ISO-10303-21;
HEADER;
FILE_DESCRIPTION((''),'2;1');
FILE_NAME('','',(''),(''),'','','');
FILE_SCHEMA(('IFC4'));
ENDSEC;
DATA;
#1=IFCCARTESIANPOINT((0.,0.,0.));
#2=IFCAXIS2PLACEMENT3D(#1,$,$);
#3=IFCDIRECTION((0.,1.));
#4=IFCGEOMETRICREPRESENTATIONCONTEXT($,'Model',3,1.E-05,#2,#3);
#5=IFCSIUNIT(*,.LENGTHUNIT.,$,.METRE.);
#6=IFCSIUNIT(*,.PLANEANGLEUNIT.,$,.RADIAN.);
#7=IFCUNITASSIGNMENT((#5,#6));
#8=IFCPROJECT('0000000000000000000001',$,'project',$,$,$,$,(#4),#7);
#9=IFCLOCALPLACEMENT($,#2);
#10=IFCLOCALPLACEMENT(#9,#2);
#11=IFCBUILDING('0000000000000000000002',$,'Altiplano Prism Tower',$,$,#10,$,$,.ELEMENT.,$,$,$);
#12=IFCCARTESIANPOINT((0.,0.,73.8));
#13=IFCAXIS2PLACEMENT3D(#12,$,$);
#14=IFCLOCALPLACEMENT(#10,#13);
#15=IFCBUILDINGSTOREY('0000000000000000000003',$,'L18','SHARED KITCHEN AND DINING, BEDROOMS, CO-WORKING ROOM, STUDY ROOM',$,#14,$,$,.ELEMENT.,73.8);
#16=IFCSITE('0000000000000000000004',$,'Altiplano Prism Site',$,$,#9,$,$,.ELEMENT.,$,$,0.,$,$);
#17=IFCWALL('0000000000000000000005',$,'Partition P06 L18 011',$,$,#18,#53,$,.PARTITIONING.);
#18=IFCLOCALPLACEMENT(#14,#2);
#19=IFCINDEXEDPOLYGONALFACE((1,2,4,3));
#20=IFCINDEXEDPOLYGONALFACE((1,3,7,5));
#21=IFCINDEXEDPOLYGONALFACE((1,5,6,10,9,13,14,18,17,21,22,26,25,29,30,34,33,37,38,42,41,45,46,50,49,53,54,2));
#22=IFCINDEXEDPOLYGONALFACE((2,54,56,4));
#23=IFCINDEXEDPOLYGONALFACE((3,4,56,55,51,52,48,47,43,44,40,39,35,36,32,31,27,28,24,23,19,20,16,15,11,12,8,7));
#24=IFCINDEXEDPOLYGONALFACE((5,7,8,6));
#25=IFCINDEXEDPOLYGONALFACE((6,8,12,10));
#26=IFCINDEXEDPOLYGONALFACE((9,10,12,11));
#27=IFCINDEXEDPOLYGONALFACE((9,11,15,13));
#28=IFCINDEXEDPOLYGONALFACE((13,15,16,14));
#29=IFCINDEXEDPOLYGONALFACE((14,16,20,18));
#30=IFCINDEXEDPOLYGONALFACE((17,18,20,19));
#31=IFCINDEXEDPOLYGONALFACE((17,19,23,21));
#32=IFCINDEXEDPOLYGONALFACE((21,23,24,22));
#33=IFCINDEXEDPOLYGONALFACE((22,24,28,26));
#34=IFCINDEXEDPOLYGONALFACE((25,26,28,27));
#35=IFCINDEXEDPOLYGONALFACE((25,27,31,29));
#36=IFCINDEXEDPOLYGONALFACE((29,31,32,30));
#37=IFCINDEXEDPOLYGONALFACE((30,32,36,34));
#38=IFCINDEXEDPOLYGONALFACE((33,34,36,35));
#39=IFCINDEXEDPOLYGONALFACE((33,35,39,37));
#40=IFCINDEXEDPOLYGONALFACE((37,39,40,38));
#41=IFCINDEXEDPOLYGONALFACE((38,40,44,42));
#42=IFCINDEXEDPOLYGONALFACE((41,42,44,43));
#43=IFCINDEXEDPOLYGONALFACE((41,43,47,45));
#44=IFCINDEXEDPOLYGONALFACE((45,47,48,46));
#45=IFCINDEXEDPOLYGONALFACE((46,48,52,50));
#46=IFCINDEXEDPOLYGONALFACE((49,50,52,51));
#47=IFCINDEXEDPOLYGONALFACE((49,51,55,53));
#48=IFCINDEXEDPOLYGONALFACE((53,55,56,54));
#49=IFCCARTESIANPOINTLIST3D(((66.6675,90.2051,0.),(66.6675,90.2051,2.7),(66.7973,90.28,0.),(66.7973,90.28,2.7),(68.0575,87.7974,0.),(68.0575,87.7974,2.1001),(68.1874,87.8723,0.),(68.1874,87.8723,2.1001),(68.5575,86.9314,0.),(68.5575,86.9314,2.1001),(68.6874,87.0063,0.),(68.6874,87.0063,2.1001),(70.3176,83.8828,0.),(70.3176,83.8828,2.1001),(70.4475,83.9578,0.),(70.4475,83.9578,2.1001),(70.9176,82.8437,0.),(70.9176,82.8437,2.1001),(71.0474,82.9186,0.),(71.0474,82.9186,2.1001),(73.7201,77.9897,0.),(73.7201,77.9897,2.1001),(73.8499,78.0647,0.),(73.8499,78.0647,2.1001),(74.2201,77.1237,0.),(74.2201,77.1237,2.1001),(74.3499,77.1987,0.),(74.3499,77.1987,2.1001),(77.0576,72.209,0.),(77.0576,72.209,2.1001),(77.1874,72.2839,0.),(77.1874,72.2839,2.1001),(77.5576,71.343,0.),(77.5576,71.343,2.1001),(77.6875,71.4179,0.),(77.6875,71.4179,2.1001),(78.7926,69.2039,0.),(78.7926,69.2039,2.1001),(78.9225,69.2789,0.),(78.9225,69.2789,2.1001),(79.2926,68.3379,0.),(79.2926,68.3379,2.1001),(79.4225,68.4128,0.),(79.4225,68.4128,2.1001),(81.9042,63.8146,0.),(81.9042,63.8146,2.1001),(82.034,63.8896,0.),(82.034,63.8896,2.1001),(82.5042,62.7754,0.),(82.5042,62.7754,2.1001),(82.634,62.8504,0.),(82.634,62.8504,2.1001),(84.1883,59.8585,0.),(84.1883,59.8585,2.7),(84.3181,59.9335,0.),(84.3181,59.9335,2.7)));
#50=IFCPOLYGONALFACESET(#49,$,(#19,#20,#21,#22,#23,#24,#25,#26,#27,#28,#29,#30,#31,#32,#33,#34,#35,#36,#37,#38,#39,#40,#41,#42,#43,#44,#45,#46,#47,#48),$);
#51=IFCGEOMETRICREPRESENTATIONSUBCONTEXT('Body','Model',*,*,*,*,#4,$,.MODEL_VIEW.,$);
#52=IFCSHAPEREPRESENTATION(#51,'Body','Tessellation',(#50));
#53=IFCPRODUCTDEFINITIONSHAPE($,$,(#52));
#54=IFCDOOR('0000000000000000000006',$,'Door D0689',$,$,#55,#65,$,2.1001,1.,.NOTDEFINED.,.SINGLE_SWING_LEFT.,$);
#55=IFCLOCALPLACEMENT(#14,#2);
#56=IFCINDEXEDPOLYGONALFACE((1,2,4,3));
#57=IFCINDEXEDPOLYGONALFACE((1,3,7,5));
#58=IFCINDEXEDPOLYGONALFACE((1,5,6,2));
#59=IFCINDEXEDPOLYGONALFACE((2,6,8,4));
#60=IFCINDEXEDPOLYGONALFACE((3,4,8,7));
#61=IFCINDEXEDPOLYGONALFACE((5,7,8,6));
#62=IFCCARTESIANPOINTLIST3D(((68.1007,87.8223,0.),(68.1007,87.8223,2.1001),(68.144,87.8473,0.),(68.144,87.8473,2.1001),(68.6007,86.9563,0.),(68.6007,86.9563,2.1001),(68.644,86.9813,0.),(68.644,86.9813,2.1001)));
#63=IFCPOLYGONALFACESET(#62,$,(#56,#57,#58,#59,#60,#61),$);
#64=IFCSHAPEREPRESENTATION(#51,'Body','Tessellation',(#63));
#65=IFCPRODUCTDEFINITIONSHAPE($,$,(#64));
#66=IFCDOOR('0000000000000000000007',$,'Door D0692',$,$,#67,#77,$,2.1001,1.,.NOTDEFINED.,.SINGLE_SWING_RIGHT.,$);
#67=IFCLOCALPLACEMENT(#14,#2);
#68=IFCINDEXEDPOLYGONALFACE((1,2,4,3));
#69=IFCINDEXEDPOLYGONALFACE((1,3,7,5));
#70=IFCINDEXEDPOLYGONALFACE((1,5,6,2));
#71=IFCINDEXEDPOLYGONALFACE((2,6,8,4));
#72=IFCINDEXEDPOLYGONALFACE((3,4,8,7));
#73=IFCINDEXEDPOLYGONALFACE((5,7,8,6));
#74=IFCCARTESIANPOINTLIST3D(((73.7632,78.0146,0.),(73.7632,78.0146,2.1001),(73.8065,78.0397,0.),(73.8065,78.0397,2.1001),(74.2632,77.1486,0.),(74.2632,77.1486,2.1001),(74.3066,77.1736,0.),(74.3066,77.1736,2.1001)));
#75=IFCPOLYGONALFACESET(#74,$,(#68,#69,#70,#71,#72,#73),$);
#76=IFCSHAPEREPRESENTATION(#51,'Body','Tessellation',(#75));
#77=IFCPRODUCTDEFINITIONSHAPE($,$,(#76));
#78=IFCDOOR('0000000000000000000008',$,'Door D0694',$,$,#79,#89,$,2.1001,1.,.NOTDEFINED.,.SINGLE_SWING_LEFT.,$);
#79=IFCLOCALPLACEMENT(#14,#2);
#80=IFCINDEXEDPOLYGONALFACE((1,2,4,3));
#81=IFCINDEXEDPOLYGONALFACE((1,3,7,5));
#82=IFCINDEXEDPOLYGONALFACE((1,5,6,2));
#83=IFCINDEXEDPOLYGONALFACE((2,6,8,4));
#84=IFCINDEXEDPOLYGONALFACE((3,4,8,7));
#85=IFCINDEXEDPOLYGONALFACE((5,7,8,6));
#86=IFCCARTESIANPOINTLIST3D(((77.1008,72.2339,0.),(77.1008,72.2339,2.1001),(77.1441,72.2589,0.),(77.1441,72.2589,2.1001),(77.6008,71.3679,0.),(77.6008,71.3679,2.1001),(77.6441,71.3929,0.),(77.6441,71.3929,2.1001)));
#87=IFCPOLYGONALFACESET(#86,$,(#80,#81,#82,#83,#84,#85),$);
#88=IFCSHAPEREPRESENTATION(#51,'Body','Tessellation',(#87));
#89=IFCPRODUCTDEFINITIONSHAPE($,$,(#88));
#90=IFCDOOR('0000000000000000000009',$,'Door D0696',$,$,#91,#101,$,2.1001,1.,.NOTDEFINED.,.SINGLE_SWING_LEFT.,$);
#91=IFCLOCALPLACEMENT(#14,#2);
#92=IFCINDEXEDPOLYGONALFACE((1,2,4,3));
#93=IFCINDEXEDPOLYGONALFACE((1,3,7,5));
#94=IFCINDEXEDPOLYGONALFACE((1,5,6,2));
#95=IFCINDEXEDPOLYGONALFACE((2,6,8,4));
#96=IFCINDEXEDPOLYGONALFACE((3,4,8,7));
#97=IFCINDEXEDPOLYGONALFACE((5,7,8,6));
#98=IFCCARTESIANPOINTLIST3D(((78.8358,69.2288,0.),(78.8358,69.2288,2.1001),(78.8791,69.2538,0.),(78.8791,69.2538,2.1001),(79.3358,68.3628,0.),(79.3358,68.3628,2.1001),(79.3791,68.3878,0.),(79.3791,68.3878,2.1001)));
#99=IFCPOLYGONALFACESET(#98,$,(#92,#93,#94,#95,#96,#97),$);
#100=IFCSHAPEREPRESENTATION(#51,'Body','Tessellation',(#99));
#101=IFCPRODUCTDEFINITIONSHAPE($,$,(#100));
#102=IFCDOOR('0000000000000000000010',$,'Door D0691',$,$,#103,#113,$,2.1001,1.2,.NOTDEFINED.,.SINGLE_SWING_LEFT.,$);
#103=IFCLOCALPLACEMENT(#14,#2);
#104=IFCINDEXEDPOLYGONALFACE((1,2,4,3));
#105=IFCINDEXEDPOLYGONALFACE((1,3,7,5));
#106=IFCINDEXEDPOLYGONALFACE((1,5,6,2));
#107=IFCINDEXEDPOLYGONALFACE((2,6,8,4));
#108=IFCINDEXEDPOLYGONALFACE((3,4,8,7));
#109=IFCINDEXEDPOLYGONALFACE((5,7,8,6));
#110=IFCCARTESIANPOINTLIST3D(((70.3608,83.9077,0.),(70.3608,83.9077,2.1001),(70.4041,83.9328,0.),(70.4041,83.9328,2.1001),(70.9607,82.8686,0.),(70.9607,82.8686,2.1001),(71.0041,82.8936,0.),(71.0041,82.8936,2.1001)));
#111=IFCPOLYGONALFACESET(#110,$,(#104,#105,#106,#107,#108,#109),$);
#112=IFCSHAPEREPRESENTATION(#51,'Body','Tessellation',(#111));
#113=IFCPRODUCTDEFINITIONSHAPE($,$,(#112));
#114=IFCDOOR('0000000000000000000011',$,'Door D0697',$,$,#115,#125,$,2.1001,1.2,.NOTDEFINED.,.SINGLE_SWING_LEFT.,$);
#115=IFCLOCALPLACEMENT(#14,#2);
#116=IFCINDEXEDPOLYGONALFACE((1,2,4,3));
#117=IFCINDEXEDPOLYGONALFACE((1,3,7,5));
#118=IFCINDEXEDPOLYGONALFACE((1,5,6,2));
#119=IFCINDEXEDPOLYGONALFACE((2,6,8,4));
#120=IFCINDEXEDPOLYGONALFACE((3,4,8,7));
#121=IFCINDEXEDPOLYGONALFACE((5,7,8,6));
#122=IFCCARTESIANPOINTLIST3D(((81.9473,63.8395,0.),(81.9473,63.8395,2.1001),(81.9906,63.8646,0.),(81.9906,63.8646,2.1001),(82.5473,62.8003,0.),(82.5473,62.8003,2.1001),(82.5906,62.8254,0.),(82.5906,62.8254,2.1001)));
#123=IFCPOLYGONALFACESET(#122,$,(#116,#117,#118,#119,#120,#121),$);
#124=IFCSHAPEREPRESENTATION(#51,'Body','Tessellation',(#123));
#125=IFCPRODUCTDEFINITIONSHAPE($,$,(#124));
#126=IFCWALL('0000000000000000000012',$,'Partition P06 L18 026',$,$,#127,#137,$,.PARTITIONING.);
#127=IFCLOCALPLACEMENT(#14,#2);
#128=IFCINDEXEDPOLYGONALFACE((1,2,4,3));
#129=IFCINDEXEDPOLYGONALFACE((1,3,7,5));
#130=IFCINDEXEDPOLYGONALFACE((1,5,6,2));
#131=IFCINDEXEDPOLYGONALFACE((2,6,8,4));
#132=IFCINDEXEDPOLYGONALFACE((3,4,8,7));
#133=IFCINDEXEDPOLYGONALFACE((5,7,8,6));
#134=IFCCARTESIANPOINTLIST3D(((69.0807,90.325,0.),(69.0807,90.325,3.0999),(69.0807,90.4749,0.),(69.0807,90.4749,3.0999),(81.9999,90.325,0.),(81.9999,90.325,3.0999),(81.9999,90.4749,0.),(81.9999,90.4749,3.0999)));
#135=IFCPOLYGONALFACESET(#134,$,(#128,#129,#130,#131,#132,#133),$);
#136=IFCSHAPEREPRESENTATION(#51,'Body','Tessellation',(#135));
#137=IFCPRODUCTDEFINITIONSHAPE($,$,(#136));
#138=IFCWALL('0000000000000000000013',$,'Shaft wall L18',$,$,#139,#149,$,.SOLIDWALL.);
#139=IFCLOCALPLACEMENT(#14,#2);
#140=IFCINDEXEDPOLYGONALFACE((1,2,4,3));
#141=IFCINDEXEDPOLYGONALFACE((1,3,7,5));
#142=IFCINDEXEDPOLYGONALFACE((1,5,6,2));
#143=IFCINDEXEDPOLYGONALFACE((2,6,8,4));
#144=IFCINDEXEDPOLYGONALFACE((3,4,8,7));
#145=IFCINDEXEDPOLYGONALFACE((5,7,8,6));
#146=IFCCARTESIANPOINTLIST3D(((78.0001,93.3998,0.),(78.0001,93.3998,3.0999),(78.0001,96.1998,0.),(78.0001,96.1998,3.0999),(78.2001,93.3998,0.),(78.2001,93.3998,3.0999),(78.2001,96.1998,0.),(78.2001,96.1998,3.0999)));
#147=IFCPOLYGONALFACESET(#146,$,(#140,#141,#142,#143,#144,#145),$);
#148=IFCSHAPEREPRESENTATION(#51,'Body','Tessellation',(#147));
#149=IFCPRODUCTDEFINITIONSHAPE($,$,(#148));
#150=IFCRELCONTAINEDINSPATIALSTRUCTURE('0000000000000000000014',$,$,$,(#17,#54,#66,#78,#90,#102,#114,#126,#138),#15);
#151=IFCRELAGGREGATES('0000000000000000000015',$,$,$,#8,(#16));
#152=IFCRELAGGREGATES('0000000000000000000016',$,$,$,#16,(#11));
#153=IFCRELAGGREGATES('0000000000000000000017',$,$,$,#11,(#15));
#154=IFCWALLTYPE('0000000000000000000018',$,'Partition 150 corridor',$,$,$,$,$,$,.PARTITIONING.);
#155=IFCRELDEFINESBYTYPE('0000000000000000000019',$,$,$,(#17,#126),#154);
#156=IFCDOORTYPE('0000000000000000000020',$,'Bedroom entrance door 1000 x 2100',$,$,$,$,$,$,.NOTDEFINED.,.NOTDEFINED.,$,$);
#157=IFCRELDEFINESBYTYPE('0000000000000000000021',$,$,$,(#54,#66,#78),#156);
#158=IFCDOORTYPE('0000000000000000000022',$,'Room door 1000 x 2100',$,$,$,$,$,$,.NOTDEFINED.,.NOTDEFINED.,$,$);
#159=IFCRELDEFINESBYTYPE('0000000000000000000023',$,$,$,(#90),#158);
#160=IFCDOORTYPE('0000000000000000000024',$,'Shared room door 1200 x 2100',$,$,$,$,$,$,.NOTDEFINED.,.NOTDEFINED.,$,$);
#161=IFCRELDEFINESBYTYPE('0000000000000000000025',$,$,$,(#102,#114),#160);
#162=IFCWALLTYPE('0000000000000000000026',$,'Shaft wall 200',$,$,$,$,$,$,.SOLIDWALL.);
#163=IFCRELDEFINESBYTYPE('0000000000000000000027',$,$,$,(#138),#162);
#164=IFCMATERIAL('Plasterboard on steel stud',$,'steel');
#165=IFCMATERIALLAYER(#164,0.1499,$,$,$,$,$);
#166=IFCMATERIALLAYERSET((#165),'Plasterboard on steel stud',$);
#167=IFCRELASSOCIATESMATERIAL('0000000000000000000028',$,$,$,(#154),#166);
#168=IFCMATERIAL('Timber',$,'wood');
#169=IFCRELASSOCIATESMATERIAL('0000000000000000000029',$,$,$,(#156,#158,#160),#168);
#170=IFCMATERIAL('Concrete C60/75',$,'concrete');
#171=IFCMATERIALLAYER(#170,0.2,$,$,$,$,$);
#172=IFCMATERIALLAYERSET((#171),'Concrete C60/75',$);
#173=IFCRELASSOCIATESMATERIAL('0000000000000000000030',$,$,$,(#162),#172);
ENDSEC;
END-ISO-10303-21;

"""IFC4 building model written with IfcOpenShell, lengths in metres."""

from ifc_helpers import new_model, si_unit, direction, frame, frame_2d, origin, place, context, subcontext, project, spatial, rectangle, extrude, material, layer, layer_set, type_object, element, fill, save


model = new_model("IFC4")

# Units and contexts
model_context = context("Model", 3, precision=1e-05, world=origin(), true_north=direction((0.0, 1.0)))
body_context = subcontext(model_context, "Body", "Model", "MODEL_VIEW")
ifc_project = project(units=[si_unit("LENGTHUNIT", "METRE"), si_unit("PLANEANGLEUNIT", "RADIAN")], contexts=[model_context])

# Site, building, storey
site_placement = place(None, origin())
site = spatial("IfcSite", under=ifc_project, at=site_placement, Name="Altiplano Prism Site", CompositionType="ELEMENT", RefElevation=0.0)
building_placement = place(site_placement, origin())
building = spatial("IfcBuilding", under=site, at=building_placement, Name="Altiplano Prism Tower", CompositionType="ELEMENT")
storey_placement = place(building_placement, frame((0.0, 0.0, 73.8)))
storey = spatial("IfcBuildingStorey", under=building, at=storey_placement, Name="L18", Description="SHARED KITCHEN AND DINING, BEDROOMS, CO-WORKING ROOM, STUDY ROOM", CompositionType="ELEMENT", Elevation=73.8)

# Shared definitions
ifc_material_1 = material(Name="Concrete C60/75", Category="concrete")

# Shared definitions
ifc_material_2 = material(Name="Plasterboard on steel stud", Category="steel")
ifc_material_3 = material(Name="Timber", Category="wood")

# Shared definitions
ifc_layer_1 = layer(ifc_material_2, 0.1499)
ifc_layer_set_1 = layer_set([ifc_layer_1], Name="Plasterboard on steel stud")
wall_type_1 = type_object("IfcWallType", Name="Partition 150 corridor", PredefinedType="PARTITIONING", material=ifc_layer_set_1)

# Wall, openings, doors
wall_1_placement = place(storey_placement, frame((66.7324, 90.2424, 0.0), z_axis=(0.0, 0.0, 1.0), x_axis=(0.500005, -0.866023, 0.0)))
wall_1 = element("IfcWall", 1, at=wall_1_placement, inside=storey, type_object=wall_type_1, Name="Partition P06 L18 011", PredefinedType="PARTITIONING", context=body_context, shape_type="SweptSolid", body=[
    extrude(rectangle(XDim=35.0413, YDim=0.1499, at=frame_2d((17.5205, 0.0))), origin(), (0.0, 0.0, 1.0), 2.7),
])
opening_1_placement = place(wall_1_placement, frame((2.78, 0.0, 0.0)))
opening_1 = element("IfcOpeningElement", 2, at=opening_1_placement, cuts=wall_1, PredefinedType="OPENING", context=body_context, shape_type="SweptSolid", body=[
    extrude(rectangle(XDim=1.0, YDim=2.1001, at=frame_2d((0.5, 1.05))), frame((0.0, 0.0854, 0.0), z_axis=(0.0, -1.0, 0.0), x_axis=(1.0, 0.0, 0.0)), (0.0, 0.0, 1.0), 0.1709),
])
opening_2_placement = place(wall_1_placement, frame((7.3, 0.0, 0.0)))
opening_2 = element("IfcOpeningElement", 3, at=opening_2_placement, cuts=wall_1, PredefinedType="OPENING", context=body_context, shape_type="SweptSolid", body=[
    extrude(rectangle(XDim=1.2, YDim=2.1001, at=frame_2d((0.6001, 1.05))), frame((0.0, 0.0854, 0.0), z_axis=(0.0, -1.0, 0.0), x_axis=(1.0, 0.0, 0.0)), (0.0, 0.0, 1.0), 0.1709),
])
opening_3_placement = place(wall_1_placement, frame((14.105, 0.0, 0.0)))
opening_3 = element("IfcOpeningElement", 4, at=opening_3_placement, cuts=wall_1, PredefinedType="OPENING", context=body_context, shape_type="SweptSolid", body=[
    extrude(rectangle(XDim=1.0, YDim=2.1001, at=frame_2d((0.5, 1.05))), frame((0.0, 0.0854, 0.0), z_axis=(0.0, -1.0, 0.0), x_axis=(1.0, 0.0, 0.0)), (0.0, 0.0, 1.0), 0.1709),
])
opening_4_placement = place(wall_1_placement, frame((20.78, 0.0, 0.0)))
opening_4 = element("IfcOpeningElement", 5, at=opening_4_placement, cuts=wall_1, PredefinedType="OPENING", context=body_context, shape_type="SweptSolid", body=[
    extrude(rectangle(XDim=1.0, YDim=2.1001, at=frame_2d((0.5, 1.05))), frame((0.0, 0.0854, 0.0), z_axis=(0.0, -1.0, 0.0), x_axis=(1.0, 0.0, 0.0)), (0.0, 0.0, 1.0), 0.1709),
])
opening_5_placement = place(wall_1_placement, frame((24.25, 0.0, 0.0)))
opening_5 = element("IfcOpeningElement", 6, at=opening_5_placement, cuts=wall_1, PredefinedType="OPENING", context=body_context, shape_type="SweptSolid", body=[
    extrude(rectangle(XDim=1.0, YDim=2.1001, at=frame_2d((0.5, 1.05))), frame((0.0, 0.0854, 0.0), z_axis=(0.0, -1.0, 0.0), x_axis=(1.0, 0.0, 0.0)), (0.0, 0.0, 1.0), 0.1709),
])
opening_6_placement = place(wall_1_placement, frame((30.4729, 0.0, 0.0)))
opening_6 = element("IfcOpeningElement", 7, at=opening_6_placement, cuts=wall_1, PredefinedType="OPENING", context=body_context, shape_type="SweptSolid", body=[
    extrude(rectangle(XDim=1.2, YDim=2.1001, at=frame_2d((0.6001, 1.05))), frame((0.0, 0.0854, 0.0), z_axis=(0.0, -1.0, 0.0), x_axis=(1.0, 0.0, 0.0)), (0.0, 0.0, 1.0), 0.1709),
])
door_type_1 = type_object("IfcDoorType", Name="Bedroom entrance door 1000 x 2100", OperationType="NOTDEFINED", PredefinedType="NOTDEFINED", material=ifc_material_3)
door_1_placement = place(opening_1_placement, origin())
door_1 = element("IfcDoor", 8, at=door_1_placement, inside=storey, type_object=door_type_1, Name="Door D0689", OperationType="SINGLE_SWING_LEFT", OverallHeight=2.1001, OverallWidth=1.0, PredefinedType="NOTDEFINED", context=body_context, shape_type="SweptSolid", body=[
    extrude(rectangle(XDim=1.0, YDim=2.1001, at=frame_2d((0.5, 1.05))), frame((0.0, 0.0249, 0.0), z_axis=(0.0, -1.0, 0.0), x_axis=(1.0, 0.0, 0.0)), (0.0, 0.0, 1.0), 0.05),
])
fill(opening_1, door_1)
door_2_placement = place(opening_3_placement, origin())
door_2 = element("IfcDoor", 9, at=door_2_placement, inside=storey, type_object=door_type_1, Name="Door D0692", OperationType="SINGLE_SWING_RIGHT", OverallHeight=2.1001, OverallWidth=1.0, PredefinedType="NOTDEFINED", context=body_context, shape_type="SweptSolid", body=[
    extrude(rectangle(XDim=1.0, YDim=2.1001, at=frame_2d((0.5, 1.05))), frame((0.0, 0.0249, 0.0), z_axis=(0.0, -1.0, 0.0), x_axis=(1.0, 0.0, 0.0)), (0.0, 0.0, 1.0), 0.05),
])
fill(opening_3, door_2)
door_3_placement = place(opening_4_placement, origin())
door_3 = element("IfcDoor", 10, at=door_3_placement, inside=storey, type_object=door_type_1, Name="Door D0694", OperationType="SINGLE_SWING_LEFT", OverallHeight=2.1001, OverallWidth=1.0, PredefinedType="NOTDEFINED", context=body_context, shape_type="SweptSolid", body=[
    extrude(rectangle(XDim=1.0, YDim=2.1001, at=frame_2d((0.5, 1.05))), frame((0.0, 0.0249, 0.0), z_axis=(0.0, -1.0, 0.0), x_axis=(1.0, 0.0, 0.0)), (0.0, 0.0, 1.0), 0.05),
])
fill(opening_4, door_3)
door_type_2 = type_object("IfcDoorType", Name="Room door 1000 x 2100", OperationType="NOTDEFINED", PredefinedType="NOTDEFINED", material=ifc_material_3)
door_4_placement = place(opening_5_placement, origin())
door_4 = element("IfcDoor", 11, at=door_4_placement, inside=storey, type_object=door_type_2, Name="Door D0696", OperationType="SINGLE_SWING_LEFT", OverallHeight=2.1001, OverallWidth=1.0, PredefinedType="NOTDEFINED", context=body_context, shape_type="SweptSolid", body=[
    extrude(rectangle(XDim=1.0, YDim=2.1001, at=frame_2d((0.5, 1.05))), frame((0.0, 0.0249, 0.0), z_axis=(0.0, -1.0, 0.0), x_axis=(1.0, 0.0, 0.0)), (0.0, 0.0, 1.0), 0.05),
])
fill(opening_5, door_4)
door_type_3 = type_object("IfcDoorType", Name="Shared room door 1200 x 2100", OperationType="NOTDEFINED", PredefinedType="NOTDEFINED", material=ifc_material_3)
door_5_placement = place(opening_2_placement, origin())
door_5 = element("IfcDoor", 12, at=door_5_placement, inside=storey, type_object=door_type_3, Name="Door D0691", OperationType="SINGLE_SWING_LEFT", OverallHeight=2.1001, OverallWidth=1.2, PredefinedType="NOTDEFINED", context=body_context, shape_type="SweptSolid", body=[
    extrude(rectangle(XDim=1.2, YDim=2.1001, at=frame_2d((0.6001, 1.05))), frame((0.0, 0.0249, 0.0), z_axis=(0.0, -1.0, 0.0), x_axis=(1.0, 0.0, 0.0)), (0.0, 0.0, 1.0), 0.05),
])
fill(opening_2, door_5)
door_6_placement = place(opening_6_placement, origin())
door_6 = element("IfcDoor", 13, at=door_6_placement, inside=storey, type_object=door_type_3, Name="Door D0697", OperationType="SINGLE_SWING_LEFT", OverallHeight=2.1001, OverallWidth=1.2, PredefinedType="NOTDEFINED", context=body_context, shape_type="SweptSolid", body=[
    extrude(rectangle(XDim=1.2, YDim=2.1001, at=frame_2d((0.6001, 1.05))), frame((0.0, 0.0249, 0.0), z_axis=(0.0, -1.0, 0.0), x_axis=(1.0, 0.0, 0.0)), (0.0, 0.0, 1.0), 0.05),
])
fill(opening_6, door_6)

# Walls
wall_2_placement = place(storey_placement, frame((69.0808, 90.3999, 0.0), z_axis=(0.0, 0.0, 1.0), x_axis=(1.0, 0.0, 0.0)))
element("IfcWall", 14, at=wall_2_placement, inside=storey, type_object=wall_type_1, Name="Partition P06 L18 026", PredefinedType="PARTITIONING", context=body_context, shape_type="SweptSolid", body=[
    extrude(rectangle(XDim=12.9192, YDim=0.1499, at=frame_2d((6.4595, 0.0))), origin(), (0.0, 0.0, 1.0), 3.0999),
])
ifc_layer_2 = layer(ifc_material_1, 0.2)
ifc_layer_set_2 = layer_set([ifc_layer_2], Name="Concrete C60/75")
wall_type_2 = type_object("IfcWallType", Name="Shaft wall 200", PredefinedType="SOLIDWALL", material=ifc_layer_set_2)
wall_3_placement = place(storey_placement, frame((78.1001, 93.3999, 0.0), z_axis=(0.0, 0.0, 1.0), x_axis=(0.0, 1.0, 0.0)))
element("IfcWall", 15, at=wall_3_placement, inside=storey, type_object=wall_type_2, Name="Shaft wall L18", PredefinedType="SOLIDWALL", context=body_context, shape_type="SweptSolid", body=[
    extrude(rectangle(XDim=2.8, YDim=0.2, at=frame_2d((1.3999, 0.0))), origin(), (0.0, 0.0, 1.0), 3.0999),
])

save(model, "model.ifc")
